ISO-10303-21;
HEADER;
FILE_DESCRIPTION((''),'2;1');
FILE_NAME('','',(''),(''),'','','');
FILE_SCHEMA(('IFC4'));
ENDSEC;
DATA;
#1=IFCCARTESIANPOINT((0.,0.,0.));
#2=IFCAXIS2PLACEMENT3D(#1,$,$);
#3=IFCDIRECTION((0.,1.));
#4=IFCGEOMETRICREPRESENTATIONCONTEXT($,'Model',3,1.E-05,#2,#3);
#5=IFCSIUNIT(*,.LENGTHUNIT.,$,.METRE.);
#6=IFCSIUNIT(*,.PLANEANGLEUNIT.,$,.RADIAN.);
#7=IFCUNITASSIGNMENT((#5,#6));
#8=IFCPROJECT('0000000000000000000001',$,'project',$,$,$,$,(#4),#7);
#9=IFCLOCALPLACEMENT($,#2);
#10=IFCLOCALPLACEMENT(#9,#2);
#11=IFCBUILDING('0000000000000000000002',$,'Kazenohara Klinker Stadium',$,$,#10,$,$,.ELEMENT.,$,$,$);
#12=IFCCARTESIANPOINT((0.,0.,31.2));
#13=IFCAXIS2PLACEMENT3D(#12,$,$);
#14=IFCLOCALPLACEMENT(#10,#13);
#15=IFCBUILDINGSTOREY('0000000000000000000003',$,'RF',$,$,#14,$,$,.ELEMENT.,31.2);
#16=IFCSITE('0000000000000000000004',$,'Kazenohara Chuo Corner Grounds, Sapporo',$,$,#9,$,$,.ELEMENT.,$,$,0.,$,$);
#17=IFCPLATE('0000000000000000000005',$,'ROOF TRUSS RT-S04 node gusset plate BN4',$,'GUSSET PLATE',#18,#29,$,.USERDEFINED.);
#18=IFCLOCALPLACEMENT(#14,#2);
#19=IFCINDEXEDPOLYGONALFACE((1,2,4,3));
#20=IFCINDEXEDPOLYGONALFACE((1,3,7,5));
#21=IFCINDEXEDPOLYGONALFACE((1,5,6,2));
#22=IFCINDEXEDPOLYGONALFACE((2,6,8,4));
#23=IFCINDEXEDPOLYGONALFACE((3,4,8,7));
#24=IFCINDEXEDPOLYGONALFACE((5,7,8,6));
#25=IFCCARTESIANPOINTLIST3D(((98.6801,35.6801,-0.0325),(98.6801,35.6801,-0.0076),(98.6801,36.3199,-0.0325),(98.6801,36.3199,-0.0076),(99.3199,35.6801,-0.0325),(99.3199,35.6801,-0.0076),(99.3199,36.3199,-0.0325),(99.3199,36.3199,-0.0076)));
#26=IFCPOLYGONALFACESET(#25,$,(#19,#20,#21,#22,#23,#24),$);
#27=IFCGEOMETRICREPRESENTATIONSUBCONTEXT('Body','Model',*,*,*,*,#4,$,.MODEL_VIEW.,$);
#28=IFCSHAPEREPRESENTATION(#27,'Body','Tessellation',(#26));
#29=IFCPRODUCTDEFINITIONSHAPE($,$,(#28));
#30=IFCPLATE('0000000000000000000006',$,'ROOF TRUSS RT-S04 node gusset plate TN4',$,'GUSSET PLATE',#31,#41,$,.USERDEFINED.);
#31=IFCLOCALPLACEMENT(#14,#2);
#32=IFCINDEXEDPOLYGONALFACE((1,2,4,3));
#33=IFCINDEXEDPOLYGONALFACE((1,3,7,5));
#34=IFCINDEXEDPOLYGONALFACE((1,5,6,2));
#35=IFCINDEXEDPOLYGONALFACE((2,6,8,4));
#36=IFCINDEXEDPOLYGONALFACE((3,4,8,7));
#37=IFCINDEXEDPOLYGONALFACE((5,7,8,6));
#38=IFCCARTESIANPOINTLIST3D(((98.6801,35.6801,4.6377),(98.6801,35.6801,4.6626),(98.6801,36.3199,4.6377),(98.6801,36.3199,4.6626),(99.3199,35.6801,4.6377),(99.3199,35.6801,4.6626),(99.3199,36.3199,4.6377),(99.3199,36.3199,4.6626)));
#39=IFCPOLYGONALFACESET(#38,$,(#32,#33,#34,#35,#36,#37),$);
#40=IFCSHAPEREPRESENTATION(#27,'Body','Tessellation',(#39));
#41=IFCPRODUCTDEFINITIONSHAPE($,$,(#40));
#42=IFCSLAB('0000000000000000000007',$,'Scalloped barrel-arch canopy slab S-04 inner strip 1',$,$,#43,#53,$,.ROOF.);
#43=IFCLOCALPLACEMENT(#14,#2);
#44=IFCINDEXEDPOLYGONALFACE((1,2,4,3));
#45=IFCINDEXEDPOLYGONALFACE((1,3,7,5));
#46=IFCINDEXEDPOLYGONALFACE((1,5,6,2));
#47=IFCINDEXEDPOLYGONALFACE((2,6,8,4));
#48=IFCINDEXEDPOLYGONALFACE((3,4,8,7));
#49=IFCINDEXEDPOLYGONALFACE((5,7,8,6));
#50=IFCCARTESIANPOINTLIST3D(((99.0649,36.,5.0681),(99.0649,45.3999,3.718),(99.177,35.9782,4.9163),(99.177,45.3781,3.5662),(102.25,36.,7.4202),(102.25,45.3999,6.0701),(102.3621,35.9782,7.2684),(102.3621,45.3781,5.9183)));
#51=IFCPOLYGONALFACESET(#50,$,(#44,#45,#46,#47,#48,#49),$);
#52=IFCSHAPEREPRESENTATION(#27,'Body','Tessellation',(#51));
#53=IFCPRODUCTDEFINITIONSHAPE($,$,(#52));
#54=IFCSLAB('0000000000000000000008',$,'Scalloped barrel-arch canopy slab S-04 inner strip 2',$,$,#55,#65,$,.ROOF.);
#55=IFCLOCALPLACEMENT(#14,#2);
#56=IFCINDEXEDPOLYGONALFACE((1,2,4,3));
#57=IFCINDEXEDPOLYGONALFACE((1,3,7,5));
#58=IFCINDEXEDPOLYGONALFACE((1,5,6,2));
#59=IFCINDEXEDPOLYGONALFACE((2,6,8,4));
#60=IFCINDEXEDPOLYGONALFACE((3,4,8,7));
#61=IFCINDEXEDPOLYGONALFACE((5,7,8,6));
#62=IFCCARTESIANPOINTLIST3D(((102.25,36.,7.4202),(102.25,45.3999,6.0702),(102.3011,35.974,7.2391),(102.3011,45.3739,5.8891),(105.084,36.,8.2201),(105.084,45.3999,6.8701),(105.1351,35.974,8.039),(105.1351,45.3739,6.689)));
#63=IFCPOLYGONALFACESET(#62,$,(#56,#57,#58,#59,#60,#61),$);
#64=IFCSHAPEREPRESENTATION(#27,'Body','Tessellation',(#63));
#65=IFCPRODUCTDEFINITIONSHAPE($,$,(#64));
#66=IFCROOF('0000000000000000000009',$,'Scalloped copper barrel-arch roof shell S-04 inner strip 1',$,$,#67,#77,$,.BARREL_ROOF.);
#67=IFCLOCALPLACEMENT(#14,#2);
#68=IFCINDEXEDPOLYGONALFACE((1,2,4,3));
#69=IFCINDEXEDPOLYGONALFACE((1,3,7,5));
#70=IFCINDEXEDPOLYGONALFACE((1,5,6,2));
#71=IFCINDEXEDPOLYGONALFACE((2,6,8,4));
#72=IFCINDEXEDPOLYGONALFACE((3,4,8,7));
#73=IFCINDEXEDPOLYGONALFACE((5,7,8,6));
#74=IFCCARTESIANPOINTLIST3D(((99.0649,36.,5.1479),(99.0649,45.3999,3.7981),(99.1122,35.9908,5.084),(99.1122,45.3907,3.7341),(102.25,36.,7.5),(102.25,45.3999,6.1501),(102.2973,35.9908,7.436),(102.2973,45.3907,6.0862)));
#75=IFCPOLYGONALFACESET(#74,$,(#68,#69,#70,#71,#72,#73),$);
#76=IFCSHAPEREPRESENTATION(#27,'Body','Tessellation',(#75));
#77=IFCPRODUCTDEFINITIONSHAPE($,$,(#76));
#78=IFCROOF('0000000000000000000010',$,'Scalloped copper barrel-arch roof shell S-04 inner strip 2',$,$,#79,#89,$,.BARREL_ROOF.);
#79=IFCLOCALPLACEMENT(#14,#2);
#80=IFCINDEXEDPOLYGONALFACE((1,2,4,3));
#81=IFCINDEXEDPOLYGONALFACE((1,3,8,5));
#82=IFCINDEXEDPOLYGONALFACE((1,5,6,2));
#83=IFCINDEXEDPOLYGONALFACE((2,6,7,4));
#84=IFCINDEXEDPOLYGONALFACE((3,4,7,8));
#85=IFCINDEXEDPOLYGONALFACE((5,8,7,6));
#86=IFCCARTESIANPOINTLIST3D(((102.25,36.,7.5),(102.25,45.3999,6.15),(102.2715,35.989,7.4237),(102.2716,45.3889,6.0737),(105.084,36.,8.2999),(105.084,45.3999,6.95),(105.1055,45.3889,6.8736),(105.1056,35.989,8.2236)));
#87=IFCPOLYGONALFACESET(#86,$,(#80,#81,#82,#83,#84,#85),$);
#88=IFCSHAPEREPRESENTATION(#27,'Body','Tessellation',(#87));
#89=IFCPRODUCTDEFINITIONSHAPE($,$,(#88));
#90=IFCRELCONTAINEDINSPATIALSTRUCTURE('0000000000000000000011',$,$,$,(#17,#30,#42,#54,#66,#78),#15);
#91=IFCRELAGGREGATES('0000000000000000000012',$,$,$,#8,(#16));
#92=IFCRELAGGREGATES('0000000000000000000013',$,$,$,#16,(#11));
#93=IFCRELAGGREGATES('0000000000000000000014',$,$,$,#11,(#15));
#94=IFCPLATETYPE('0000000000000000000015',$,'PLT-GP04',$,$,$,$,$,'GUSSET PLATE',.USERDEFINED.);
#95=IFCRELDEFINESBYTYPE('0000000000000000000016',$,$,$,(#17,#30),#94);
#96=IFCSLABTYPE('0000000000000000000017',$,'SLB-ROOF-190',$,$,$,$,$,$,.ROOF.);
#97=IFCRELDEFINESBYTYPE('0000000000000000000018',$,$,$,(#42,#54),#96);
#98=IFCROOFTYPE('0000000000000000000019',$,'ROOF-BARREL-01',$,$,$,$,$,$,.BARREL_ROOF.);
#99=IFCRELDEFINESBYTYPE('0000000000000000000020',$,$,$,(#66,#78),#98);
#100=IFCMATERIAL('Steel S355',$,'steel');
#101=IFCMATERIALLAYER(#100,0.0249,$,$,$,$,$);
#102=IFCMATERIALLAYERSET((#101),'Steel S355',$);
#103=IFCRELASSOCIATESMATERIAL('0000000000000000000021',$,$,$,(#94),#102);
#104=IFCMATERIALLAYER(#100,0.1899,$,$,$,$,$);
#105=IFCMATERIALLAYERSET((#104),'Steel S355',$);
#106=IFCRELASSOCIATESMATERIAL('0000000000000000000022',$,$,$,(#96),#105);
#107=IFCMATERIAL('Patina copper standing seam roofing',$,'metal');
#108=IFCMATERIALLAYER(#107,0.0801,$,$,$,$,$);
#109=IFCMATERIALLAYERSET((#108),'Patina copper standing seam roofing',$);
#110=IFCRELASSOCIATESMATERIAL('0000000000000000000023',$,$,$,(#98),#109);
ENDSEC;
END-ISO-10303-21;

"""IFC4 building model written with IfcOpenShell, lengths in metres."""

from ifc_helpers import new_model, si_unit, direction, frame, origin, origin_2d, place, context, subcontext, project, spatial, polyline, rectangle, outline, extrude, material, layer, layer_set, type_object, element, save


model = new_model("IFC4")

# Units and contexts
model_context = context("Model", 3, precision=1e-05, world=origin(), true_north=direction((0.0, 1.0)))
body_context = subcontext(model_context, "Body", "Model", "MODEL_VIEW")
ifc_project = project(units=[si_unit("LENGTHUNIT", "METRE"), si_unit("PLANEANGLEUNIT", "RADIAN")], contexts=[model_context])

# Site, building, storey
site_placement = place(None, origin())
site = spatial("IfcSite", under=ifc_project, at=site_placement, Name="Kazenohara Chuo Corner Grounds, Sapporo", CompositionType="ELEMENT", RefElevation=0.0)
building_placement = place(site_placement, origin())
building = spatial("IfcBuilding", under=site, at=building_placement, Name="Kazenohara Klinker Stadium", CompositionType="ELEMENT")
storey_placement = place(building_placement, frame((0.0, 0.0, 31.2)))
storey = spatial("IfcBuildingStorey", under=building, at=storey_placement, Name="RF", CompositionType="ELEMENT", Elevation=31.2)

# Shared definitions
ifc_material_1 = material(Name="Steel S355", Category="steel")

# Plates
ifc_layer_1 = layer(ifc_material_1, 0.0249)
ifc_layer_set_1 = layer_set([ifc_layer_1], Name="Steel S355")
plate_type_1 = type_object("IfcPlateType", Name="PLT-GP04", ElementType="GUSSET PLATE", PredefinedType="USERDEFINED", material=ifc_layer_set_1)
for number, where, z_axis, x_axis, name in (
    (1, (99.0, 36.0, -0.0325), (0.0, 0.0, 1.0), (1.0, 0.0, 0.0), "ROOF TRUSS RT-S04 node gusset plate BN4"),
    (2, (99.0, 36.0, 4.6377), (0.0, 0.0, 1.0), (1.0, 0.0, 0.0), "ROOF TRUSS RT-S04 node gusset plate TN4"),
):
    element("IfcPlate", number, at=place(storey_placement, frame(where, z_axis=z_axis, x_axis=x_axis)), inside=storey, type_object=plate_type_1, Name=name, ObjectType="GUSSET PLATE", PredefinedType="USERDEFINED", context=body_context, shape_type="SweptSolid", body=[
        extrude(rectangle(XDim=0.6399, YDim=0.6399, at=origin_2d()), origin(), (0.0, 0.0, 1.0), 0.0249),
    ])

# Slabs
ifc_layer_2 = layer(ifc_material_1, 0.1899)
ifc_layer_set_2 = layer_set([ifc_layer_2], Name="Steel S355")
slab_type = type_object("IfcSlabType", Name="SLB-ROOF-190", PredefinedType="ROOF", material=ifc_layer_set_2)
slab_1_placement = place(storey_placement, frame((99.0649, 36.0, 5.0681), z_axis=(-0.590118, 0.114776, 0.799116), x_axis=(0.0, 0.989842, -0.14217)))
element("IfcSlab", 3, at=slab_1_placement, inside=storey, type_object=slab_type, Name="Scalloped barrel-arch canopy slab S-04 inner strip 1", PredefinedType="ROOF", context=body_context, shape_type="SweptSolid", body=[
    extrude(outline(polyline([(0.0, 0.0), (9.4964, 0.0), (9.162, -3.9452), (-0.3344, -3.9452), (0.0, 0.0)])), origin(), (0.0, 0.0, -1.0), 0.1899),
])
slab_2_placement = place(storey_placement, frame((102.25, 36.0, 7.4202), z_axis=(-0.26909, 0.136914, 0.953334), x_axis=(-0.000003, 0.989844, -0.142158)))
element("IfcSlab", 4, at=slab_2_placement, inside=storey, type_object=slab_type, Name="Scalloped barrel-arch canopy slab S-04 inner strip 2", PredefinedType="ROOF", context=body_context, shape_type="SweptSolid", body=[
    extrude(outline(polyline([(0.0, 0.0), (9.4964, 0.0), (9.3826, -2.9426), (-0.1137, -2.9425), (0.0, 0.0)])), origin(), (0.0, 0.0, -1.0), 0.1899),
])

# Roofs
ifc_material_2 = material(Name="Patina copper standing seam roofing", Category="metal")
ifc_layer_3 = layer(ifc_material_2, 0.0801)
ifc_layer_set_3 = layer_set([ifc_layer_3], Name="Patina copper standing seam roofing")
roof_type = type_object("IfcRoofType", Name="ROOF-BARREL-01", PredefinedType="BARREL_ROOF", material=ifc_layer_set_3)
roof_1_placement = place(storey_placement, frame((99.0649, 36.0, 5.1479), z_axis=(-0.59012, 0.114756, 0.799118), x_axis=(0.0, 0.989846, -0.142145)))
element("IfcRoof", 5, at=roof_1_placement, inside=storey, type_object=roof_type, Name="Scalloped copper barrel-arch roof shell S-04 inner strip 1", PredefinedType="BARREL_ROOF", context=body_context, shape_type="SweptSolid", body=[
    extrude(outline(polyline([(0.0, 0.0), (9.4963, 0.0), (9.162, -3.9452), (-0.3343, -3.9452), (0.0, 0.0)])), origin(), (0.0, 0.0, -1.0), 0.0801),
])
roof_2_placement = place(storey_placement, frame((102.25, 36.0, 7.5), z_axis=(-0.26909, 0.136914, 0.953334), x_axis=(0.000003, 0.989844, -0.142156)))
element("IfcRoof", 6, at=roof_2_placement, inside=storey, type_object=roof_type, Name="Scalloped copper barrel-arch roof shell S-04 inner strip 2", PredefinedType="BARREL_ROOF", context=body_context, shape_type="SweptSolid", body=[
    extrude(outline(polyline([(0.0, 0.0), (9.4963, 0.0), (9.3826, -2.9425), (-0.1137, -2.9426), (0.0, 0.0)])), origin(), (0.0, 0.0, -1.0), 0.0801),
])

save(model, "model.ifc")
